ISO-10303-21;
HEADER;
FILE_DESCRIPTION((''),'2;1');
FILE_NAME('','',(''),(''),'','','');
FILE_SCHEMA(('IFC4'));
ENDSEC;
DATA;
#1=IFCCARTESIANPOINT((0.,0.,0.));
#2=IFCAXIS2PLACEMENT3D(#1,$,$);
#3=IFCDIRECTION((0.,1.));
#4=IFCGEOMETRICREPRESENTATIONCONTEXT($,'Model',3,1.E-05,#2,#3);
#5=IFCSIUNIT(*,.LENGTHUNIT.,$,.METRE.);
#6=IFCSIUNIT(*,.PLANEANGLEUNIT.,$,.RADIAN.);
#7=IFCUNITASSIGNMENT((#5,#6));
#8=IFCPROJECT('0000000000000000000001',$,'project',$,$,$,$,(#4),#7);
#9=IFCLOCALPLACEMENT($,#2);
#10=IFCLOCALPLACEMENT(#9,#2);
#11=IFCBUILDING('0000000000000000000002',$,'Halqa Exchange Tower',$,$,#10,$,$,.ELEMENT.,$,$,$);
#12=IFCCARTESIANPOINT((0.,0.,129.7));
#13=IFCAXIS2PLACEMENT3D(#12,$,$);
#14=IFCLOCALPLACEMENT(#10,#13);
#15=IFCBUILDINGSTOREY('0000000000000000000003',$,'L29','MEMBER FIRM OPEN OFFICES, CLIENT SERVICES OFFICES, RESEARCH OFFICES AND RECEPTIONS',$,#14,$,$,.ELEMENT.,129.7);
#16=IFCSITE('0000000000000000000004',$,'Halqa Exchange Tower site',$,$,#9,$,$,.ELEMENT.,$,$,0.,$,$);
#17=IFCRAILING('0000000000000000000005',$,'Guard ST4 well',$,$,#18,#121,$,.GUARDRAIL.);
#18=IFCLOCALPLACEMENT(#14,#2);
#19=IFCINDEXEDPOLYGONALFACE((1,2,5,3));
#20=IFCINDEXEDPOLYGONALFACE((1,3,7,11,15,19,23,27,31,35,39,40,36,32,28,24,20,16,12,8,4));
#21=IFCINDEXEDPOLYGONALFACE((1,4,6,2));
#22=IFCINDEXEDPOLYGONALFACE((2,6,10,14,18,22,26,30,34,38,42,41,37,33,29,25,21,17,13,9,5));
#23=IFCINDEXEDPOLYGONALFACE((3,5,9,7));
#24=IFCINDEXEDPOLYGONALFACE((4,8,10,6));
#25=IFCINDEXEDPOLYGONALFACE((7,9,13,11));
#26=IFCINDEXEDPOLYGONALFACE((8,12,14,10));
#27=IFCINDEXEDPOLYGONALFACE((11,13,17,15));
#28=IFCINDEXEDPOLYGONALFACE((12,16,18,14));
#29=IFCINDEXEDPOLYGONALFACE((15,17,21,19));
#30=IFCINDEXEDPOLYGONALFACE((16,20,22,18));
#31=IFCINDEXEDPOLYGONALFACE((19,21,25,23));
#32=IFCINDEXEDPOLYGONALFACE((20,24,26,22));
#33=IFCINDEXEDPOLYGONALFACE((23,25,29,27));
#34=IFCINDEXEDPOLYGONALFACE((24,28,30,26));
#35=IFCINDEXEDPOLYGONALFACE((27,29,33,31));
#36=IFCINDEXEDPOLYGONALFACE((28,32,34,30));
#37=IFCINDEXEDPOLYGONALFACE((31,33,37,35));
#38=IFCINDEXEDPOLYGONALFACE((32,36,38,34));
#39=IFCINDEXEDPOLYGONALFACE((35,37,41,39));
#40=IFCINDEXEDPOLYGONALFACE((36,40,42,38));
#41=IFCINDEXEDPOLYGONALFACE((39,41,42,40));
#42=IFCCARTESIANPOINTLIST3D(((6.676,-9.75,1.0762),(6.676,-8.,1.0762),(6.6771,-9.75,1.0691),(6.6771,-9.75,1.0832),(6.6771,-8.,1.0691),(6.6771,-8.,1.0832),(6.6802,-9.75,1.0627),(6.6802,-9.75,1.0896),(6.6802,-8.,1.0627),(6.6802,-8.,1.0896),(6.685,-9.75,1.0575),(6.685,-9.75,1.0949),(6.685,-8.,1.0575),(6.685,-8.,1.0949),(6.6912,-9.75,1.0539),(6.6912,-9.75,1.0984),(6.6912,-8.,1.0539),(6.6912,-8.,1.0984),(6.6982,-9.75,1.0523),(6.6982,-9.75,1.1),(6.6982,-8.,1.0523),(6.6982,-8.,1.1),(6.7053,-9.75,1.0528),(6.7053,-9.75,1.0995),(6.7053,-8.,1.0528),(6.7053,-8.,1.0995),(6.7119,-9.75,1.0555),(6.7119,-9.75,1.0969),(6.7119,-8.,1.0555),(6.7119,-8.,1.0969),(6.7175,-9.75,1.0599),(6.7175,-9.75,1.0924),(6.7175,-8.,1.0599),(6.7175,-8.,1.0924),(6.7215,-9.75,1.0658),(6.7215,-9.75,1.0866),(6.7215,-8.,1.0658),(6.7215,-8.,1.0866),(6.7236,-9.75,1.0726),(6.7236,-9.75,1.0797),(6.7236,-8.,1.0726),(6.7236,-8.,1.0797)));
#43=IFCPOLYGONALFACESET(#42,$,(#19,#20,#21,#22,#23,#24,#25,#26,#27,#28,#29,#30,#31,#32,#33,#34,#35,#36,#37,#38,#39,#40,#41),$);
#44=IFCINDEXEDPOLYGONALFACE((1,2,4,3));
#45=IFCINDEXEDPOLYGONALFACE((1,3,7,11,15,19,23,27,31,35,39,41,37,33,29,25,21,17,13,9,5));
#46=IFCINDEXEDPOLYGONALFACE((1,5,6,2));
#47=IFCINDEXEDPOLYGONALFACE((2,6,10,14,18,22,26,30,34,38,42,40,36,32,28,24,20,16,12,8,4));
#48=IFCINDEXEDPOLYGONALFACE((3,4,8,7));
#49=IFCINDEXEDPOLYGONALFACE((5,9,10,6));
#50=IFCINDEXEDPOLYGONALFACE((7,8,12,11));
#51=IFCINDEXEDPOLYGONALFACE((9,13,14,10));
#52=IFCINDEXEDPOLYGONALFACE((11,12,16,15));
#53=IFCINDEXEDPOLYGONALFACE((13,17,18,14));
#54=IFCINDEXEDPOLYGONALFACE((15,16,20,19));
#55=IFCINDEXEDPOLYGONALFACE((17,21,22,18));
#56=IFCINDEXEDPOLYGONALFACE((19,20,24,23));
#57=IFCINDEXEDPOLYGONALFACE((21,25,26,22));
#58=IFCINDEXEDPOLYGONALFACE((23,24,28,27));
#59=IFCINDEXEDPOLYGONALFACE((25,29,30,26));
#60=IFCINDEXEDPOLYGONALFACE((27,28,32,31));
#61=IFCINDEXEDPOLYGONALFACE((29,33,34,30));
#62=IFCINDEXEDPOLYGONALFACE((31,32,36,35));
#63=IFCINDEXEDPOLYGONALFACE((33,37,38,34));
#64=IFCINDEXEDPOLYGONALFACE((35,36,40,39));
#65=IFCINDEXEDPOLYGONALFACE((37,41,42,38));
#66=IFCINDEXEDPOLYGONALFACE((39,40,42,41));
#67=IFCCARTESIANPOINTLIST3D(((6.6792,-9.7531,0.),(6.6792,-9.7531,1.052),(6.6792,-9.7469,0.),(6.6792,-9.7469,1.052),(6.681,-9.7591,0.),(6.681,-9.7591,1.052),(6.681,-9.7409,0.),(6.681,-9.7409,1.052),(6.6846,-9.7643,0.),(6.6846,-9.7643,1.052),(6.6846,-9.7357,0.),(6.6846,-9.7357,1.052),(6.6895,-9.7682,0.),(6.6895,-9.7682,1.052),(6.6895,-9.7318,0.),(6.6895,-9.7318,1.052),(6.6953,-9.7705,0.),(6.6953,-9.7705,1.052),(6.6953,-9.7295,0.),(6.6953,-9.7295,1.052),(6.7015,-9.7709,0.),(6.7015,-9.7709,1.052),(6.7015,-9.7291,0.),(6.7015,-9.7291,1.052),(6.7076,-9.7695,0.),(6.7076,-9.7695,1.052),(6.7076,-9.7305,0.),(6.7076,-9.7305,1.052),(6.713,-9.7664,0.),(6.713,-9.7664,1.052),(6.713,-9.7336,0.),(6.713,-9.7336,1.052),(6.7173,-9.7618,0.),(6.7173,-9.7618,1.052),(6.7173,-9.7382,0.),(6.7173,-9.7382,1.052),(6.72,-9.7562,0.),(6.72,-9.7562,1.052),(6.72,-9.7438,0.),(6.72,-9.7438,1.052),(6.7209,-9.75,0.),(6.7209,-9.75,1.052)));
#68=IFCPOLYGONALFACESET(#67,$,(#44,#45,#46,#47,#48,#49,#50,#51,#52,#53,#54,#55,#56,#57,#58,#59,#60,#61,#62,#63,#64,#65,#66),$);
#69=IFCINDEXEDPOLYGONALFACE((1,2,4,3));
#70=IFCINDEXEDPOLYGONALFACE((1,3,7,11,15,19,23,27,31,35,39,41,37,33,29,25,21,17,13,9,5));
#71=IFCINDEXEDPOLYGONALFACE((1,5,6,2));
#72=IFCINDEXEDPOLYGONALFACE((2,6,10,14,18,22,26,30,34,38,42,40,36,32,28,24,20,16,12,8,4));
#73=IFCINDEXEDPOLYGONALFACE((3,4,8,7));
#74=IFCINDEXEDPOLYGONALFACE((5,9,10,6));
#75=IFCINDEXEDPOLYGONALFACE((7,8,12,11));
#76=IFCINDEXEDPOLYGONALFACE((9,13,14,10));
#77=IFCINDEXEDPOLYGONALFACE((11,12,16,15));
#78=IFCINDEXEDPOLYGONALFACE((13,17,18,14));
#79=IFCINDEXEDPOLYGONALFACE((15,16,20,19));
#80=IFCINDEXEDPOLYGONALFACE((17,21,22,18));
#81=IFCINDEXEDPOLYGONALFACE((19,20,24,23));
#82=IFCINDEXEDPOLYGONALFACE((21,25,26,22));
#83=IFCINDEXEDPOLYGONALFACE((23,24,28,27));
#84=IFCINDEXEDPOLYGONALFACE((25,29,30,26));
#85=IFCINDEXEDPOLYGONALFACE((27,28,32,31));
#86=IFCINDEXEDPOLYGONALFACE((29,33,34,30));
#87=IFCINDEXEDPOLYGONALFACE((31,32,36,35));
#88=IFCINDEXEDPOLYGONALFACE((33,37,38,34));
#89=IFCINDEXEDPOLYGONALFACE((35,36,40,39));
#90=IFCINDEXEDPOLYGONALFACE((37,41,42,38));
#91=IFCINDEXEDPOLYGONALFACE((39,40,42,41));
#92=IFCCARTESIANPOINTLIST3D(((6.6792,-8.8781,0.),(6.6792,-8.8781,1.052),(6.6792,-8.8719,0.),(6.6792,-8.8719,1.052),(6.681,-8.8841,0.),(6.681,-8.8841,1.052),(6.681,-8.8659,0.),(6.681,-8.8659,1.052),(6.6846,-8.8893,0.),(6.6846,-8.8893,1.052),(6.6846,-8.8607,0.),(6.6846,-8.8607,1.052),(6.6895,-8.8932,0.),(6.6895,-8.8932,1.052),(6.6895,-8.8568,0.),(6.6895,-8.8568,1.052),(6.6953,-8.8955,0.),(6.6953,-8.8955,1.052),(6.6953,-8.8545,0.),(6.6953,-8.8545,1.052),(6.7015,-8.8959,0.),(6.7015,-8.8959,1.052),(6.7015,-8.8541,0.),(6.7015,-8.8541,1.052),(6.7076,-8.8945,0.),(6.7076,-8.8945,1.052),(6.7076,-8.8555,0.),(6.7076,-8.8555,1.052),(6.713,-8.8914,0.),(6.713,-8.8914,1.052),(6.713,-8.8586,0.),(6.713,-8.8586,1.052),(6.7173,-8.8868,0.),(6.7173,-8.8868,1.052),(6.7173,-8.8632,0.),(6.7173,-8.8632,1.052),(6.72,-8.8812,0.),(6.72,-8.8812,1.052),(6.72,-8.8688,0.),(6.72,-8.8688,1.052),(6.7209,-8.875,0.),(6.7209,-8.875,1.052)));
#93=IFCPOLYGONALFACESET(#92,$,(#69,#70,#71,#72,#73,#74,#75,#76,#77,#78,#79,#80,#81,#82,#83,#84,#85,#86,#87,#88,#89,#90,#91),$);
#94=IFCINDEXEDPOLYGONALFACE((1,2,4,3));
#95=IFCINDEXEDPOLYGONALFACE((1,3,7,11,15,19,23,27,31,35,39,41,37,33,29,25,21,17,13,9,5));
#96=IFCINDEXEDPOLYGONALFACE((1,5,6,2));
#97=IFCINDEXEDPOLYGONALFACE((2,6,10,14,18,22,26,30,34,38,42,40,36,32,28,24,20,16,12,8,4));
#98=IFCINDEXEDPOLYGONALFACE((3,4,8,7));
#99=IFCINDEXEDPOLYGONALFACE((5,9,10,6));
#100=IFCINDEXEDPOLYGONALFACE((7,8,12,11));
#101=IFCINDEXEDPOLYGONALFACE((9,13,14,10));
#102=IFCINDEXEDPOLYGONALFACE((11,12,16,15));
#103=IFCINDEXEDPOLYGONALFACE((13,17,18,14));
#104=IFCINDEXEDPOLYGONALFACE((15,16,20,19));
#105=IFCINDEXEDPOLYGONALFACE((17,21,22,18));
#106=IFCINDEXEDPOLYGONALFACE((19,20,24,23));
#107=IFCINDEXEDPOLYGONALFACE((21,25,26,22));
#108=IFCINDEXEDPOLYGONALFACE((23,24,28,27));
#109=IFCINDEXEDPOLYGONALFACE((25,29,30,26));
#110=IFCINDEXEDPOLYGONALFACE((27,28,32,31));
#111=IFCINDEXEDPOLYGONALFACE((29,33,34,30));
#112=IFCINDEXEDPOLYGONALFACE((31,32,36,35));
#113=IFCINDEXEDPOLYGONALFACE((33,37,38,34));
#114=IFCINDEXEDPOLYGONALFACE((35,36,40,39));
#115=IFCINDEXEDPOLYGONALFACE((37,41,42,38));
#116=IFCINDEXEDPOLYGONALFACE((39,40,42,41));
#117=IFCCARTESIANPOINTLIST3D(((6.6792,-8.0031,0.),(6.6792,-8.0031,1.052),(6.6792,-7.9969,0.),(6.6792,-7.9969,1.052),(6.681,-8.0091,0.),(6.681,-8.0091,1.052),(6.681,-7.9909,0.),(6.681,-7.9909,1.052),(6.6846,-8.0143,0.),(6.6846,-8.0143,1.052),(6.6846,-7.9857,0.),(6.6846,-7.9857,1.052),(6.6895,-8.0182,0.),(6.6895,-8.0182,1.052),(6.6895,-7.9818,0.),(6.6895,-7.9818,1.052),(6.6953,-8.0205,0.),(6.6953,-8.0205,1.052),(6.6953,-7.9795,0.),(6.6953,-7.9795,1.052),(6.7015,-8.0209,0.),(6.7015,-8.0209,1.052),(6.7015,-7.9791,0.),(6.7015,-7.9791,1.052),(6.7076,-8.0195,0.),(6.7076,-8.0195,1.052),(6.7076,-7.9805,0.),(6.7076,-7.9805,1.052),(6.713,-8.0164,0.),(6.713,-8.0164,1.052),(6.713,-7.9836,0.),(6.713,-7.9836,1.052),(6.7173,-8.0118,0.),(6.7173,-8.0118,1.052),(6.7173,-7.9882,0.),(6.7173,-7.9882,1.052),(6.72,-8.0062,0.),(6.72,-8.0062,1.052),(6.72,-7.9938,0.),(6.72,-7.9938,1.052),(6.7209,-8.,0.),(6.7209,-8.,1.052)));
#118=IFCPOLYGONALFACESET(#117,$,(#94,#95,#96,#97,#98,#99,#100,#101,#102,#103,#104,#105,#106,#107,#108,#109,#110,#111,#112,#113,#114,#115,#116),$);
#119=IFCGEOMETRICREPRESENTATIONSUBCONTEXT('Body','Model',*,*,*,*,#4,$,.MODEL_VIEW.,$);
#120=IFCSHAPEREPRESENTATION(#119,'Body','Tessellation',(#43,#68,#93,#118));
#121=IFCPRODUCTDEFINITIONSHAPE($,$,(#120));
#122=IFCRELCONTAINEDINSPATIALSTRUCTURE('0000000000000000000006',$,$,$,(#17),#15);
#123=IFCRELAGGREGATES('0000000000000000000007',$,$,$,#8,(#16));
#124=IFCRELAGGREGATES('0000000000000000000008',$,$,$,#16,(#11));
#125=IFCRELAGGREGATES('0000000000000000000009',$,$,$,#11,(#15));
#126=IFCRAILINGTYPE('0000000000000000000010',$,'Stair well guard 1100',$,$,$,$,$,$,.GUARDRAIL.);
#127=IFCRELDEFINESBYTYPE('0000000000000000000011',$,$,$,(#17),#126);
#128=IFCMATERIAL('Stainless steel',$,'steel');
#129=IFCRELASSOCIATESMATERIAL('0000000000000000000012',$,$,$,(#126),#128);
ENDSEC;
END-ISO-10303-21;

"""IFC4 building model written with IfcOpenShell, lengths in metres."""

from ifc_helpers import new_model, si_unit, direction, frame, origin, origin_2d, place, context, subcontext, project, spatial, circle, extrude, material, type_object, element, save


model = new_model("IFC4")

# Units and contexts
model_context = context("Model", 3, precision=1e-05, world=origin(), true_north=direction((0.0, 1.0)))
body_context = subcontext(model_context, "Body", "Model", "MODEL_VIEW")
ifc_project = project(units=[si_unit("LENGTHUNIT", "METRE"), si_unit("PLANEANGLEUNIT", "RADIAN")], contexts=[model_context])

# Site, building, storey
site_placement = place(None, origin())
site = spatial("IfcSite", under=ifc_project, at=site_placement, Name="Halqa Exchange Tower site", CompositionType="ELEMENT", RefElevation=0.0)
building_placement = place(site_placement, origin())
building = spatial("IfcBuilding", under=site, at=building_placement, Name="Halqa Exchange Tower", CompositionType="ELEMENT")
storey_placement = place(building_placement, frame((0.0, 0.0, 129.7)))
storey = spatial("IfcBuildingStorey", under=building, at=storey_placement, Name="L29", Description="MEMBER FIRM OPEN OFFICES, CLIENT SERVICES OFFICES, RESEARCH OFFICES AND RECEPTIONS", CompositionType="ELEMENT", Elevation=129.7)

# Railing
ifc_material_1 = material(Name="Stainless steel", Category="steel")
railing_type_1 = type_object("IfcRailingType", Name="Stair well guard 1100", PredefinedType="GUARDRAIL", material=ifc_material_1)
railing_1_placement = place(storey_placement, frame((6.7, -9.75, 0.0)))
element("IfcRailing", 1, at=railing_1_placement, inside=storey, type_object=railing_type_1, Name="Guard ST4 well", PredefinedType="GUARDRAIL", context=body_context, shape_type="SweptSolid", body=[
    extrude(circle(Radius=0.0239, at=origin_2d()), frame((0.0, 0.0, 1.0762), z_axis=(0.0, 1.0, 0.0), x_axis=(-1.0, 0.0, 0.0)), (0.0, 0.0, 1.0), 1.75),
    extrude(circle(Radius=0.021, at=origin_2d()), origin(), (0.0, 0.0, 1.0), 1.052),
    extrude(circle(Radius=0.021, at=origin_2d()), frame((0.0, 0.875, 0.0)), (0.0, 0.0, 1.0), 1.052),
    extrude(circle(Radius=0.021, at=origin_2d()), frame((0.0, 1.75, 0.0)), (0.0, 0.0, 1.0), 1.052),
])

save(model, "model.ifc")
